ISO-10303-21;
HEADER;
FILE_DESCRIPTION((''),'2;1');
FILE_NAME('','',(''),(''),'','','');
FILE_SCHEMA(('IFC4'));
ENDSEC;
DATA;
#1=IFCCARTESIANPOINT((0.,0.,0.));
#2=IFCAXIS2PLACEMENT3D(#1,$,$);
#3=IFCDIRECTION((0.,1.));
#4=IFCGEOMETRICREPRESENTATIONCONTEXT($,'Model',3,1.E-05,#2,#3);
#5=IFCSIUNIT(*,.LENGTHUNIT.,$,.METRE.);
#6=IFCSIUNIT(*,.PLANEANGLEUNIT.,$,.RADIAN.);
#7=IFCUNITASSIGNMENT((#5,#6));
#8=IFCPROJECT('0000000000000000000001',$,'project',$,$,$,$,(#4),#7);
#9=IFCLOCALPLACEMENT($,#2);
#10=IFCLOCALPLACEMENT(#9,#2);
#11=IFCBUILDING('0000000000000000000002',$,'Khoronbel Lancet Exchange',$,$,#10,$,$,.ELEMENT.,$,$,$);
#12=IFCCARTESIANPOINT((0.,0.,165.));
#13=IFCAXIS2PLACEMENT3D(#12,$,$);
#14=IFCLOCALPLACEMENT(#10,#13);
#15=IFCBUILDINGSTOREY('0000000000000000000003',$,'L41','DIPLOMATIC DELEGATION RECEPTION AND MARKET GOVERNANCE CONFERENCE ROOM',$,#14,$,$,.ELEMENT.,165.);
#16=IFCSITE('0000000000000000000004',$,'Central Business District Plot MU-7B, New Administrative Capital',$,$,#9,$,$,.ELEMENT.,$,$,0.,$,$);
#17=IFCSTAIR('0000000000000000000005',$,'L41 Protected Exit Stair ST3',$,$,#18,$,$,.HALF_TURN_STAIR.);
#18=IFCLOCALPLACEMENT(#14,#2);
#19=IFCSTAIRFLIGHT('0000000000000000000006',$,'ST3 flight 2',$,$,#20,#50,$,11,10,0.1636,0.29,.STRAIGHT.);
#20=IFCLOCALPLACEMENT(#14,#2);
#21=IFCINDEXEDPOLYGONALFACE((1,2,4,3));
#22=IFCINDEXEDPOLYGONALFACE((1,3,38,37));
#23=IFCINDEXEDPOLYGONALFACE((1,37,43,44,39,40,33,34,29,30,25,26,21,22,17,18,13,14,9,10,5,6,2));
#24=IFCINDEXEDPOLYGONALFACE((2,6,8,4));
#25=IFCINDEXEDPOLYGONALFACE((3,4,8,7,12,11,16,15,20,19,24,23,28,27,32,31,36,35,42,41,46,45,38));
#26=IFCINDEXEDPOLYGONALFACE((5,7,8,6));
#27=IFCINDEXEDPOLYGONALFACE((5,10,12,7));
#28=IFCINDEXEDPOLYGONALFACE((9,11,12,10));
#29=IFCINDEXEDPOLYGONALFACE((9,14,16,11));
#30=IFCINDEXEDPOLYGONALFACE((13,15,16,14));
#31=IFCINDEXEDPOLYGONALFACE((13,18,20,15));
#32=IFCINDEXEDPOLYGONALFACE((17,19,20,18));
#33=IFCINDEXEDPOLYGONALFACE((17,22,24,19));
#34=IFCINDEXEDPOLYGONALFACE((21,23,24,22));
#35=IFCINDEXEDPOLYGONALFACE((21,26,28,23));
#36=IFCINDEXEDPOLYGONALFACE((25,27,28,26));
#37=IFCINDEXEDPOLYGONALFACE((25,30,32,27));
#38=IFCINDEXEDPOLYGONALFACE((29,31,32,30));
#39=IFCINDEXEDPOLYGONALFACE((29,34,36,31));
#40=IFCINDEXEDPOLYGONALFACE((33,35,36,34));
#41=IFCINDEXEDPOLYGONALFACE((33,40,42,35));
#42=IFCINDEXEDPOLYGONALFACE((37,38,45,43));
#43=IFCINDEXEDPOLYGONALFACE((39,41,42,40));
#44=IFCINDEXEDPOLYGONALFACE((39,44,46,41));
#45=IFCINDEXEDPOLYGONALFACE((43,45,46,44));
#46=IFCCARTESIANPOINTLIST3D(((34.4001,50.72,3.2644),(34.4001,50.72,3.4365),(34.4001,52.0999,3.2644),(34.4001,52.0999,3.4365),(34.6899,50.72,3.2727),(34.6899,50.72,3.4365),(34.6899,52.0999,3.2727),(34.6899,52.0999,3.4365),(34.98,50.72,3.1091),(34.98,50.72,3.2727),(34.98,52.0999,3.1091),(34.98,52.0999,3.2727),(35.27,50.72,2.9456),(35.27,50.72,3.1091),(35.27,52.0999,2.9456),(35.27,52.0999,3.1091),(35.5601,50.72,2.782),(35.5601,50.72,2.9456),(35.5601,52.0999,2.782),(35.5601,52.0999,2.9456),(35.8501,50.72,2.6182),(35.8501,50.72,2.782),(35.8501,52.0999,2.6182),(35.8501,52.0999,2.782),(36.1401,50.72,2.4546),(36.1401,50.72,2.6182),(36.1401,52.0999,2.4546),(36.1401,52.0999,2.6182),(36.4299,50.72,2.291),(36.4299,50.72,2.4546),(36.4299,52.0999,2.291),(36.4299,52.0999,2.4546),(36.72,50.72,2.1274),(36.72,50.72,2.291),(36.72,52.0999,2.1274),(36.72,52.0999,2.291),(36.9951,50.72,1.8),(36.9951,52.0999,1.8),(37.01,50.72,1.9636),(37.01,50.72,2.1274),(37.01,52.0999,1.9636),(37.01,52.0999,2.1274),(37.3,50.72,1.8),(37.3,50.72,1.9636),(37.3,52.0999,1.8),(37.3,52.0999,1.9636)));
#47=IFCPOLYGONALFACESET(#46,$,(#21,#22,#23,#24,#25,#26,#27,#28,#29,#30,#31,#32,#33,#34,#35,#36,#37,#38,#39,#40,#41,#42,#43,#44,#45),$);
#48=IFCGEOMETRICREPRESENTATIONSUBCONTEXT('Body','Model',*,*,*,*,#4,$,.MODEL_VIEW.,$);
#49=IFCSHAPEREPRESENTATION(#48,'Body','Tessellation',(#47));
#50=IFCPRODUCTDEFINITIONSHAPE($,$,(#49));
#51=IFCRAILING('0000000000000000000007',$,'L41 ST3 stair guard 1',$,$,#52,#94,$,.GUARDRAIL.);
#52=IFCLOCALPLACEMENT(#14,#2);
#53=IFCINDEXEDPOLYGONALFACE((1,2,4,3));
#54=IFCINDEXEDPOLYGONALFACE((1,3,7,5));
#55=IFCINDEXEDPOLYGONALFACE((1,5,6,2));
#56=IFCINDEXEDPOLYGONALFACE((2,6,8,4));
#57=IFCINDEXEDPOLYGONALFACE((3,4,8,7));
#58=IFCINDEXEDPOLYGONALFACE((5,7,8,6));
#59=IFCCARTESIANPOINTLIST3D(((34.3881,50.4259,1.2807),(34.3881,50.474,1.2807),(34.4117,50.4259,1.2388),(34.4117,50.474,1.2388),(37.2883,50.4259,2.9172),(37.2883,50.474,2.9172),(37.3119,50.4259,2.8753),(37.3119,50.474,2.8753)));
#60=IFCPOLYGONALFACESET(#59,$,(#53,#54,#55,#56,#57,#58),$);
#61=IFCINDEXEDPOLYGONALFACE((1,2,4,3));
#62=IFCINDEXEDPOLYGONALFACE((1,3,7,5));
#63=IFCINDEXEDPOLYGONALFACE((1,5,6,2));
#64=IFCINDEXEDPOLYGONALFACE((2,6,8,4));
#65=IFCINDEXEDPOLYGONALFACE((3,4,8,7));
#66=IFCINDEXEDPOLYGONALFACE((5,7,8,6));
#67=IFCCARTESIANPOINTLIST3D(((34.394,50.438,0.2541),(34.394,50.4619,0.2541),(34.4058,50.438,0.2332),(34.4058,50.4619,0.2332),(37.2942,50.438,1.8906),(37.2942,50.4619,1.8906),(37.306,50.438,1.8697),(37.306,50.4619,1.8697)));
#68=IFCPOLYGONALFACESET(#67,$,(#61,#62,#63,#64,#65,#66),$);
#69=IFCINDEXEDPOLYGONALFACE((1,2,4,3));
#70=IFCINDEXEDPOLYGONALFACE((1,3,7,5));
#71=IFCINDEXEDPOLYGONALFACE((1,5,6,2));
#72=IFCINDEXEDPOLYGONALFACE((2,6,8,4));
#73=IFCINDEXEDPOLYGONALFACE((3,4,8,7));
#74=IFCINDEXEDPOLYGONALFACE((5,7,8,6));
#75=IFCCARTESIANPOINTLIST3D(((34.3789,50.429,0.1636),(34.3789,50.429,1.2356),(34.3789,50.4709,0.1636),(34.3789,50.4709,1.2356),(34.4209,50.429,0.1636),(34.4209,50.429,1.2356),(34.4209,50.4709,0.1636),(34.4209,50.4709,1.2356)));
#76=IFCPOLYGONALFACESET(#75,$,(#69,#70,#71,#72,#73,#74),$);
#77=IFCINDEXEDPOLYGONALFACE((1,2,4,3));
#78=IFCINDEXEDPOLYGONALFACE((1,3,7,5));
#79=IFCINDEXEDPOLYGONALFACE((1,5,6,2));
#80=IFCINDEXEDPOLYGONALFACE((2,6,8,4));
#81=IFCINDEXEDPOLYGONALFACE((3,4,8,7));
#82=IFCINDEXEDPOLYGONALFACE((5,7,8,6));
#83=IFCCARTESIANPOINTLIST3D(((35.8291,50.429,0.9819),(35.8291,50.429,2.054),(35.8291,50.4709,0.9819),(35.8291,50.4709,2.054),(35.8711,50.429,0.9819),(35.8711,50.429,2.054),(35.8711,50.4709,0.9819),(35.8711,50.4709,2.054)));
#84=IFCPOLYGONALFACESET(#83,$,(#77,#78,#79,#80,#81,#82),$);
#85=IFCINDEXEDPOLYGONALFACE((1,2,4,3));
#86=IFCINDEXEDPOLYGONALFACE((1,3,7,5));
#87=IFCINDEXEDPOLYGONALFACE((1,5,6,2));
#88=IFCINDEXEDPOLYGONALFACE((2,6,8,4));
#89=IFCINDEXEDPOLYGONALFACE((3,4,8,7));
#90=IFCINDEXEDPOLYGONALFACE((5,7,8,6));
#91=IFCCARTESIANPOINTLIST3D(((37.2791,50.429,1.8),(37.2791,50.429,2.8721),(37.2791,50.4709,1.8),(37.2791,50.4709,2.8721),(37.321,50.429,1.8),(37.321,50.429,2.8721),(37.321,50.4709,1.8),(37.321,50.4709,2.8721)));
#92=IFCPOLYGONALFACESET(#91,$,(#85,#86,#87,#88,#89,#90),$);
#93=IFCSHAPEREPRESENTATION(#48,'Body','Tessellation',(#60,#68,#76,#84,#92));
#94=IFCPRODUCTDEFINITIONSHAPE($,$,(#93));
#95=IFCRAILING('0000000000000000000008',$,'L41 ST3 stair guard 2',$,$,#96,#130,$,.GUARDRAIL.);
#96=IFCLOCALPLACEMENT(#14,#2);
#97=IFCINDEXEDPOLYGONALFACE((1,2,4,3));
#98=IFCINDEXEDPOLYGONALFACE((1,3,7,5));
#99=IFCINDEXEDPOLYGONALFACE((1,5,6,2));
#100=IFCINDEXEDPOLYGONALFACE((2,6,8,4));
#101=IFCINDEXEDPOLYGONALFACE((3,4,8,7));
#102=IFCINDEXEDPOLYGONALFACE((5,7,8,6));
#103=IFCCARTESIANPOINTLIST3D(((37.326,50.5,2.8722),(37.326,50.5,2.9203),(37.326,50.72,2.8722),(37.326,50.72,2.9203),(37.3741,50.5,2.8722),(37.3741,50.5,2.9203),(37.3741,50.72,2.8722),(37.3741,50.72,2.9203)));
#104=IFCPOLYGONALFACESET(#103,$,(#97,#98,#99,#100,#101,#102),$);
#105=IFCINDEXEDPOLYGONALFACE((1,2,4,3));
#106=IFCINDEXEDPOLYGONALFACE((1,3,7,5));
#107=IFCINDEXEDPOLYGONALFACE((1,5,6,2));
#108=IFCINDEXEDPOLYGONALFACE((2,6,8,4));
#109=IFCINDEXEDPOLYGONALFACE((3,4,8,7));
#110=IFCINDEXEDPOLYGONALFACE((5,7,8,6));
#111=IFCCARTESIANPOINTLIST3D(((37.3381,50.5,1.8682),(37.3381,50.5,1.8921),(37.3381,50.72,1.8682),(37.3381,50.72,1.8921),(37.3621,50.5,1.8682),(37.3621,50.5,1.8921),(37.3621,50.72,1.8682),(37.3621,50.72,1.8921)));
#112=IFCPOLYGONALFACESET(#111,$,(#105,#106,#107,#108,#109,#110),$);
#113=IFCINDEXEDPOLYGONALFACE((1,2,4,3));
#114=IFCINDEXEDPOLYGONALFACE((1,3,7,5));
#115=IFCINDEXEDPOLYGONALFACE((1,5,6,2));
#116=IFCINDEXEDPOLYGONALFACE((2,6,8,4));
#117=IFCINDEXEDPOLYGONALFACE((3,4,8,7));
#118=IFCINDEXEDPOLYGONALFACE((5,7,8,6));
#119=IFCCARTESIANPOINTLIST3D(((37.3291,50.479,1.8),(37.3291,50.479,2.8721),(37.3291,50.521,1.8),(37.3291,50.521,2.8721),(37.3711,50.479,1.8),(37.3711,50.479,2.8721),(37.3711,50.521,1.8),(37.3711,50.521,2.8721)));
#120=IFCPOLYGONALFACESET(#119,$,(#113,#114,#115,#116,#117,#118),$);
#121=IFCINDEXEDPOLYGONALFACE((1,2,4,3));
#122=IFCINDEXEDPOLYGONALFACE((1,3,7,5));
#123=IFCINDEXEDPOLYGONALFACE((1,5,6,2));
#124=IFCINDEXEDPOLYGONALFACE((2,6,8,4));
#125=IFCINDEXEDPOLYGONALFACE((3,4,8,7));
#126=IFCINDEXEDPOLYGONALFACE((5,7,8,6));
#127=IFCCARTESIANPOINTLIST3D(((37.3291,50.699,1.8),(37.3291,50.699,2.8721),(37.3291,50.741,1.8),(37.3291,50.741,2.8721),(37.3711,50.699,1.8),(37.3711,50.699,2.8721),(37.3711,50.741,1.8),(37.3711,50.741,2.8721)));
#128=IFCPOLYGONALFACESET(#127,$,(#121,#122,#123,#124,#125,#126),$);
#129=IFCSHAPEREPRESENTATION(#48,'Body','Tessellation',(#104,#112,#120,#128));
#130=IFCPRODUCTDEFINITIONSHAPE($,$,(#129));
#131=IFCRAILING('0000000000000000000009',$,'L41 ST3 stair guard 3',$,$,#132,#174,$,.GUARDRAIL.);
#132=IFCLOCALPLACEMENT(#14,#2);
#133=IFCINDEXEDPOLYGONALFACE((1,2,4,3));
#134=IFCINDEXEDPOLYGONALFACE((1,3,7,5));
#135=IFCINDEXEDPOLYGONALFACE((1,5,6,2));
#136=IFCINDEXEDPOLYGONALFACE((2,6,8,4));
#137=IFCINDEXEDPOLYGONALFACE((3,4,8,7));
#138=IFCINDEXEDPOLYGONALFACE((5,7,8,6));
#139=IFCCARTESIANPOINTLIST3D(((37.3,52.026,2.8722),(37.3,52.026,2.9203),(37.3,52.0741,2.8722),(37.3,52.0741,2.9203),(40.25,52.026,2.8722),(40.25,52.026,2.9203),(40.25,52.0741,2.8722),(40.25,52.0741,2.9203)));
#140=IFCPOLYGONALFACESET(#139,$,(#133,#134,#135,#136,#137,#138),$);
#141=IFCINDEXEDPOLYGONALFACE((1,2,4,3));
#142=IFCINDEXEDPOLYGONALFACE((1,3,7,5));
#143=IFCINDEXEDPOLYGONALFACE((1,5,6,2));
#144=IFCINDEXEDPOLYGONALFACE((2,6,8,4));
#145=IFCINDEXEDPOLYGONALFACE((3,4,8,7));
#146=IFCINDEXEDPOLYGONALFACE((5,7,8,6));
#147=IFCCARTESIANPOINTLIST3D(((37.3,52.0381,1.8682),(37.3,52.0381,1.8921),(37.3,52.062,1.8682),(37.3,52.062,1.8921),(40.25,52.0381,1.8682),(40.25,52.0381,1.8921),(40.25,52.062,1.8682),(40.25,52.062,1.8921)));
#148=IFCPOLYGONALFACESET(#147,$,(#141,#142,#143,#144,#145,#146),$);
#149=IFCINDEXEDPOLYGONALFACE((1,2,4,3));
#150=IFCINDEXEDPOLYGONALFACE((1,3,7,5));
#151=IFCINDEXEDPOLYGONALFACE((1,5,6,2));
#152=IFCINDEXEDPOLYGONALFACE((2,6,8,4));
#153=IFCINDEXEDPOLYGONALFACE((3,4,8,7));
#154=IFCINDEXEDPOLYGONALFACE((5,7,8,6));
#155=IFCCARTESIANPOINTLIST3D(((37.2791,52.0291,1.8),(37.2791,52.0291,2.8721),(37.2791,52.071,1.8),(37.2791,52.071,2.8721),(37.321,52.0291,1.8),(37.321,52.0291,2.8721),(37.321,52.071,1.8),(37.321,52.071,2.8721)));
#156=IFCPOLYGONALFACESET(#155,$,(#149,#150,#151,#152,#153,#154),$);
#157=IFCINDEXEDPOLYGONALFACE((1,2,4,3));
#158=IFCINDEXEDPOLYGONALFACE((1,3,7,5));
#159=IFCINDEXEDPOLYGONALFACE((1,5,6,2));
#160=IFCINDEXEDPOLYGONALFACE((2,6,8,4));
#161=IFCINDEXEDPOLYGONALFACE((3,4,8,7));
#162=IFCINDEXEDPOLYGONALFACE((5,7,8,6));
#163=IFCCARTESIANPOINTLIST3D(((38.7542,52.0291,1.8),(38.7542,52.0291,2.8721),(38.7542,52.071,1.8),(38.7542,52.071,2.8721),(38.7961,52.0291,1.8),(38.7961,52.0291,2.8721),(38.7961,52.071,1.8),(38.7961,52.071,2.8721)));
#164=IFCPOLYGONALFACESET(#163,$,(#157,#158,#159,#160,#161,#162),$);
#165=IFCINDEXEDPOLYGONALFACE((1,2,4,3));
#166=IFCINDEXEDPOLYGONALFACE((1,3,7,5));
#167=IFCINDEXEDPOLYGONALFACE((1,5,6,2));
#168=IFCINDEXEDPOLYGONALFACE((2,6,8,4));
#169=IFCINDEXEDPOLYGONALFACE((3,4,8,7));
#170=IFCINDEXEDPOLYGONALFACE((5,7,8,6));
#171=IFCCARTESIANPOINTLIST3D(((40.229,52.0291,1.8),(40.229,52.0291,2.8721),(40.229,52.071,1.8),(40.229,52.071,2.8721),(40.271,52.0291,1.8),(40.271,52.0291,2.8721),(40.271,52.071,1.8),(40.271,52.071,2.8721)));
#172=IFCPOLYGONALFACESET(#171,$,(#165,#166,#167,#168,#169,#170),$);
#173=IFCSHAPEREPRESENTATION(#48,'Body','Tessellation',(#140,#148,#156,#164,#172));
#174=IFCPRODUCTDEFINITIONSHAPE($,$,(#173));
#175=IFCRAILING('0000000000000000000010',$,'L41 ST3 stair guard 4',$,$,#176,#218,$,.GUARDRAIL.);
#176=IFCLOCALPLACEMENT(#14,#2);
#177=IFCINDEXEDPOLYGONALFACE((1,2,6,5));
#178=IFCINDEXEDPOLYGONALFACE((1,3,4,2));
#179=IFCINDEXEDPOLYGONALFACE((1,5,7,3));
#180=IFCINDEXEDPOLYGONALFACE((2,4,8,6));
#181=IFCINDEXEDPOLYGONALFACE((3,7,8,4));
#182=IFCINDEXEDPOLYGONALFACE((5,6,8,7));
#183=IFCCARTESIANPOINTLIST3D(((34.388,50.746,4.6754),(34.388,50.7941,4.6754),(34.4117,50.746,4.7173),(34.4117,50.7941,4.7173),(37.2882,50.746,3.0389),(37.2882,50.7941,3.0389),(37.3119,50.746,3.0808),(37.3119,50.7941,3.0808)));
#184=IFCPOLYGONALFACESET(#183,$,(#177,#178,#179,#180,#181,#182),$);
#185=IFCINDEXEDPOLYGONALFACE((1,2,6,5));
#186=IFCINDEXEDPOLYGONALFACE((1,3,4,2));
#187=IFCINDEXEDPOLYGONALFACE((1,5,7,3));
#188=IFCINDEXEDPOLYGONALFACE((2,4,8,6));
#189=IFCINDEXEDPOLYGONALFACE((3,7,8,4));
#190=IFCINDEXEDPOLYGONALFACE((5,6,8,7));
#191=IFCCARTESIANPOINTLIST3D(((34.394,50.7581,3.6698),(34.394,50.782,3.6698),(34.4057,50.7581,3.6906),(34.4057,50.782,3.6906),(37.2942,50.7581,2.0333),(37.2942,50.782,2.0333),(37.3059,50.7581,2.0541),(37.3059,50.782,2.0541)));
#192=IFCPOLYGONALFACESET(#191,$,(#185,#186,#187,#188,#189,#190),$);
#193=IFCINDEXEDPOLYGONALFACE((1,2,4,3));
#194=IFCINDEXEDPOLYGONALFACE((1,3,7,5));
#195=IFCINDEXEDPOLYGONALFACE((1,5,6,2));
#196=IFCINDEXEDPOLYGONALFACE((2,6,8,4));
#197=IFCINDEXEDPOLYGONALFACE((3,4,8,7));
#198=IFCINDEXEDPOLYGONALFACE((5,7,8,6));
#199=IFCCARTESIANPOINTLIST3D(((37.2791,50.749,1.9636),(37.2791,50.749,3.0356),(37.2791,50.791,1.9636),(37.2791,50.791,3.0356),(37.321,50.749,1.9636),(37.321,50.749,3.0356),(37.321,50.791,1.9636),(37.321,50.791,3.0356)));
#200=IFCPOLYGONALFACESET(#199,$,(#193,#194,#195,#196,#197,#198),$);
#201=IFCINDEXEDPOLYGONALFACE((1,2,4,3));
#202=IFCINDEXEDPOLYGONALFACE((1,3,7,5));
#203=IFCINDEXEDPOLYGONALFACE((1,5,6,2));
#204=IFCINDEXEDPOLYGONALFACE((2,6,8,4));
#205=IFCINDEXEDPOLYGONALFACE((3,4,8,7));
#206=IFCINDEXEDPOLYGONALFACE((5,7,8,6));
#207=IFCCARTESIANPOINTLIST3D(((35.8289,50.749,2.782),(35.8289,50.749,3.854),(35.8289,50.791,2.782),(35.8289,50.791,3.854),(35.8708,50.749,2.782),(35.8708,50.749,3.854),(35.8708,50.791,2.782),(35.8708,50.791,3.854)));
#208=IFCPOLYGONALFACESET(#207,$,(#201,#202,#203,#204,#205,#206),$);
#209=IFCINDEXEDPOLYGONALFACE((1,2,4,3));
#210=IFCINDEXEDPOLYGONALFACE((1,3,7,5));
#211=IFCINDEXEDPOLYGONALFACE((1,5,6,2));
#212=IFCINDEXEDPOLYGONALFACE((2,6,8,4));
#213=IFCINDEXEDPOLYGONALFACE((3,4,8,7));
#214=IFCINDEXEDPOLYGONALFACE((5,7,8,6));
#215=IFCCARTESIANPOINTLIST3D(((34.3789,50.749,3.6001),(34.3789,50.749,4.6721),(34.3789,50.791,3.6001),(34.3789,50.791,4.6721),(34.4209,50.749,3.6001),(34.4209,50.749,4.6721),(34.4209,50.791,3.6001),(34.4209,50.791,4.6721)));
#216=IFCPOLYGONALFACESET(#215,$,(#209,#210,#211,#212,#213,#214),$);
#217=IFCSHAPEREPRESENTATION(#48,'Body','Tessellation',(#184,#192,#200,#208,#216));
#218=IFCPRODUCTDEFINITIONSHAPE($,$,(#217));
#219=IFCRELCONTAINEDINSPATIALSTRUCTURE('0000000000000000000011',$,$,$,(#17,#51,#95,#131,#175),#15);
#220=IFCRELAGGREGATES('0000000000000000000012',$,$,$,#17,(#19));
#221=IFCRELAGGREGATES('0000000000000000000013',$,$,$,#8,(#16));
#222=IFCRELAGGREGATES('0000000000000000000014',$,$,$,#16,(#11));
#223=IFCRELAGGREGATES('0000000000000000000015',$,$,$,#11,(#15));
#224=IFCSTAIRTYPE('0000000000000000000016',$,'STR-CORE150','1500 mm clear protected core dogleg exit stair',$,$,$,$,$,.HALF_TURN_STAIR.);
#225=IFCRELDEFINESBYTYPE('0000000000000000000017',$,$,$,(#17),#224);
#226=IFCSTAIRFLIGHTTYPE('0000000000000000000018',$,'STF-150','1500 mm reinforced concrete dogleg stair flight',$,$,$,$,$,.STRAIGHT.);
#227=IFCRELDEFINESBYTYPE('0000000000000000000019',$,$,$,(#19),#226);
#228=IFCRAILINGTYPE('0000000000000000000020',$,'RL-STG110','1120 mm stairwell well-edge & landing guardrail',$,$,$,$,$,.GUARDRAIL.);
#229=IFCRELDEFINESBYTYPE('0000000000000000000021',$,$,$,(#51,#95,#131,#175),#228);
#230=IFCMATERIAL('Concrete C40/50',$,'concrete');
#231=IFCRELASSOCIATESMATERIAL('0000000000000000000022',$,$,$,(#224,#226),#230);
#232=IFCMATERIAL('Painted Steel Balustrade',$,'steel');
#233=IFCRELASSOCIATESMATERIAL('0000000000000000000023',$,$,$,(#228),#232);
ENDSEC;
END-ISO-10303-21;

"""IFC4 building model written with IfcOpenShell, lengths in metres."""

from ifc_helpers import new_model, si_unit, direction, frame, origin, origin_2d, place, context, subcontext, project, spatial, polyline, rectangle, outline, extrude, material, type_object, element, aggregate, save


model = new_model("IFC4")

# Units and contexts
model_context = context("Model", 3, precision=1e-05, world=origin(), true_north=direction((0.0, 1.0)))
body_context = subcontext(model_context, "Body", "Model", "MODEL_VIEW")
ifc_project = project(units=[si_unit("LENGTHUNIT", "METRE"), si_unit("PLANEANGLEUNIT", "RADIAN")], contexts=[model_context])

# Site, building, storey
site_placement = place(None, origin())
site = spatial("IfcSite", under=ifc_project, at=site_placement, Name="Central Business District Plot MU-7B, New Administrative Capital", CompositionType="ELEMENT", RefElevation=0.0)
building_placement = place(site_placement, origin())
building = spatial("IfcBuilding", under=site, at=building_placement, Name="Khoronbel Lancet Exchange", CompositionType="ELEMENT")
storey_placement = place(building_placement, frame((0.0, 0.0, 165.0)))
storey = spatial("IfcBuildingStorey", under=building, at=storey_placement, Name="L41", Description="DIPLOMATIC DELEGATION RECEPTION AND MARKET GOVERNANCE CONFERENCE ROOM", CompositionType="ELEMENT", Elevation=165.0)

# Stair, stair flight
ifc_material_1 = material(Name="Concrete C40/50", Category="concrete")
stair_type = type_object("IfcStairType", Name="STR-CORE150", Description="1500 mm clear protected core dogleg exit stair", PredefinedType="HALF_TURN_STAIR", material=ifc_material_1)
stair_placement = place(storey_placement, origin())
stair = element("IfcStair", 1, at=stair_placement, inside=storey, type_object=stair_type, Name="L41 Protected Exit Stair ST3", PredefinedType="HALF_TURN_STAIR")
stair_flight_type = type_object("IfcStairFlightType", Name="STF-150", Description="1500 mm reinforced concrete dogleg stair flight", PredefinedType="STRAIGHT", material=ifc_material_1)
stair_flight_1_placement = place(storey_placement, frame((37.3, 51.4099, 1.8), z_axis=(0.0, 0.0, 1.0), x_axis=(-1.0, 0.0, 0.0)))
stair_flight_1 = element("IfcStairFlight", 2, at=stair_flight_1_placement, type_object=stair_flight_type, Name="ST3 flight 2", NumberOfRisers=11, NumberOfTreads=10, PredefinedType="STRAIGHT", RiserHeight=0.1636, TreadLength=0.29, context=body_context, shape_type="SweptSolid", body=[
    extrude(outline(polyline([(0.0, 0.0), (0.0, 0.1636), (0.29, 0.1636), (0.29, 0.3274), (0.5801, 0.3274), (0.5801, 0.491), (0.8701, 0.491), (0.8701, 0.6545), (1.1599, 0.6545), (1.1599, 0.8181), (1.45, 0.8181), (1.45, 0.9819), (1.74, 0.9819), (1.74, 1.1455), (2.03, 1.1455), (2.03, 1.3091), (2.3201, 1.3091), (2.3201, 1.4727), (2.6101, 1.4727), (2.6101, 1.6365), (2.8999, 1.6365), (2.8999, 1.8), (2.8999, 1.4644), (0.3049, 0.0), (0.0, 0.0)])), frame((0.0, 0.6899, 0.0), z_axis=(0.0, -1.0, 0.0), x_axis=(1.0, 0.0, 0.0)), (0.0, 0.0, 1.0), 1.3799),
])
aggregate(stair, [stair_flight_1])

# Railings
ifc_material_2 = material(Name="Painted Steel Balustrade", Category="steel")
railing_type_1 = type_object("IfcRailingType", Name="RL-STG110", Description="1120 mm stairwell well-edge & landing guardrail", PredefinedType="GUARDRAIL", material=ifc_material_2)
railing_1_placement = place(storey_placement, frame((34.3999, 50.45, 0.1636)))
element("IfcRailing", 3, at=railing_1_placement, inside=storey, type_object=railing_type_1, Name="L41 ST3 stair guard 1", PredefinedType="GUARDRAIL", context=body_context, shape_type="SweptSolid", body=[
    extrude(rectangle(XDim=0.0481, YDim=0.0481, at=origin_2d()), frame((0.0, 0.0, 1.0962), z_axis=(0.870915, 0.0, 0.491434), x_axis=(0.0, 1.0, 0.0)), (0.0, 0.0, 1.0), 3.3301),
    extrude(rectangle(XDim=0.0239, YDim=0.0239, at=origin_2d()), frame((0.0, 0.0, 0.0801), z_axis=(0.870915, 0.0, 0.491434), x_axis=(0.0, 1.0, 0.0)), (0.0, 0.0, 1.0), 3.3301),
    extrude(rectangle(XDim=0.042, YDim=0.042, at=origin_2d()), origin(), (0.0, 0.0, 1.0), 1.072),
    extrude(rectangle(XDim=0.042, YDim=0.042, at=origin_2d()), frame((1.4502, 0.0, 0.8184)), (0.0, 0.0, 1.0), 1.072),
    extrude(rectangle(XDim=0.042, YDim=0.042, at=origin_2d()), frame((2.9001, 0.0, 1.6365)), (0.0, 0.0, 1.0), 1.072),
])
railing_2_placement = place(storey_placement, frame((37.3501, 50.5, 1.8)))
element("IfcRailing", 4, at=railing_2_placement, inside=storey, type_object=railing_type_1, Name="L41 ST3 stair guard 2", PredefinedType="GUARDRAIL", context=body_context, shape_type="SweptSolid", body=[
    extrude(rectangle(XDim=0.0481, YDim=0.0481, at=origin_2d()), frame((0.0, 0.0, 1.0962), z_axis=(0.0, 1.0, 0.0), x_axis=(-1.0, 0.0, 0.0)), (0.0, 0.0, 1.0), 0.22),
    extrude(rectangle(XDim=0.0239, YDim=0.0239, at=origin_2d()), frame((0.0, 0.0, 0.0801), z_axis=(0.0, 1.0, 0.0), x_axis=(-1.0, 0.0, 0.0)), (0.0, 0.0, 1.0), 0.22),
    extrude(rectangle(XDim=0.042, YDim=0.042, at=origin_2d()), origin(), (0.0, 0.0, 1.0), 1.072),
    extrude(rectangle(XDim=0.042, YDim=0.042, at=origin_2d()), frame((0.0, 0.22, 0.0)), (0.0, 0.0, 1.0), 1.072),
])
railing_3_placement = place(storey_placement, frame((37.3, 52.05, 1.8)))
element("IfcRailing", 5, at=railing_3_placement, inside=storey, type_object=railing_type_1, Name="L41 ST3 stair guard 3", PredefinedType="GUARDRAIL", context=body_context, shape_type="SweptSolid", body=[
    extrude(rectangle(XDim=0.0481, YDim=0.0481, at=origin_2d()), frame((0.0, 0.0, 1.0962), z_axis=(1.0, 0.0, 0.0), x_axis=(0.0, 1.0, 0.0)), (0.0, 0.0, 1.0), 2.95),
    extrude(rectangle(XDim=0.0239, YDim=0.0239, at=origin_2d()), frame((0.0, 0.0, 0.0801), z_axis=(1.0, 0.0, 0.0), x_axis=(0.0, 1.0, 0.0)), (0.0, 0.0, 1.0), 2.95),
    extrude(rectangle(XDim=0.042, YDim=0.042, at=origin_2d()), origin(), (0.0, 0.0, 1.0), 1.072),
    extrude(rectangle(XDim=0.042, YDim=0.042, at=origin_2d()), frame((1.4751, 0.0, 0.0)), (0.0, 0.0, 1.0), 1.072),
    extrude(rectangle(XDim=0.042, YDim=0.042, at=origin_2d()), frame((2.95, 0.0, 0.0)), (0.0, 0.0, 1.0), 1.072),
])
railing_4_placement = place(storey_placement, frame((37.3, 50.77, 1.9636)))
element("IfcRailing", 6, at=railing_4_placement, inside=storey, type_object=railing_type_1, Name="L41 ST3 stair guard 4", PredefinedType="GUARDRAIL", context=body_context, shape_type="SweptSolid", body=[
    extrude(rectangle(XDim=0.0481, YDim=0.0481, at=origin_2d()), frame((0.0, 0.0, 1.0962), z_axis=(-0.870915, 0.0, 0.491434), x_axis=(0.0, -1.0, 0.0)), (0.0, 0.0, 1.0), 3.3301),
    extrude(rectangle(XDim=0.0239, YDim=0.0239, at=origin_2d()), frame((0.0, 0.0, 0.0801), z_axis=(-0.870915, 0.0, 0.491434), x_axis=(0.0, -1.0, 0.0)), (0.0, 0.0, 1.0), 3.3301),
    extrude(rectangle(XDim=0.042, YDim=0.042, at=origin_2d()), origin(), (0.0, 0.0, 1.0), 1.072),
    extrude(rectangle(XDim=0.042, YDim=0.042, at=origin_2d()), frame((-1.4502, 0.0, 0.8184)), (0.0, 0.0, 1.0), 1.072),
    extrude(rectangle(XDim=0.042, YDim=0.042, at=origin_2d()), frame((-2.9001, 0.0, 1.6365)), (0.0, 0.0, 1.0), 1.072),
])

save(model, "model.ifc")
